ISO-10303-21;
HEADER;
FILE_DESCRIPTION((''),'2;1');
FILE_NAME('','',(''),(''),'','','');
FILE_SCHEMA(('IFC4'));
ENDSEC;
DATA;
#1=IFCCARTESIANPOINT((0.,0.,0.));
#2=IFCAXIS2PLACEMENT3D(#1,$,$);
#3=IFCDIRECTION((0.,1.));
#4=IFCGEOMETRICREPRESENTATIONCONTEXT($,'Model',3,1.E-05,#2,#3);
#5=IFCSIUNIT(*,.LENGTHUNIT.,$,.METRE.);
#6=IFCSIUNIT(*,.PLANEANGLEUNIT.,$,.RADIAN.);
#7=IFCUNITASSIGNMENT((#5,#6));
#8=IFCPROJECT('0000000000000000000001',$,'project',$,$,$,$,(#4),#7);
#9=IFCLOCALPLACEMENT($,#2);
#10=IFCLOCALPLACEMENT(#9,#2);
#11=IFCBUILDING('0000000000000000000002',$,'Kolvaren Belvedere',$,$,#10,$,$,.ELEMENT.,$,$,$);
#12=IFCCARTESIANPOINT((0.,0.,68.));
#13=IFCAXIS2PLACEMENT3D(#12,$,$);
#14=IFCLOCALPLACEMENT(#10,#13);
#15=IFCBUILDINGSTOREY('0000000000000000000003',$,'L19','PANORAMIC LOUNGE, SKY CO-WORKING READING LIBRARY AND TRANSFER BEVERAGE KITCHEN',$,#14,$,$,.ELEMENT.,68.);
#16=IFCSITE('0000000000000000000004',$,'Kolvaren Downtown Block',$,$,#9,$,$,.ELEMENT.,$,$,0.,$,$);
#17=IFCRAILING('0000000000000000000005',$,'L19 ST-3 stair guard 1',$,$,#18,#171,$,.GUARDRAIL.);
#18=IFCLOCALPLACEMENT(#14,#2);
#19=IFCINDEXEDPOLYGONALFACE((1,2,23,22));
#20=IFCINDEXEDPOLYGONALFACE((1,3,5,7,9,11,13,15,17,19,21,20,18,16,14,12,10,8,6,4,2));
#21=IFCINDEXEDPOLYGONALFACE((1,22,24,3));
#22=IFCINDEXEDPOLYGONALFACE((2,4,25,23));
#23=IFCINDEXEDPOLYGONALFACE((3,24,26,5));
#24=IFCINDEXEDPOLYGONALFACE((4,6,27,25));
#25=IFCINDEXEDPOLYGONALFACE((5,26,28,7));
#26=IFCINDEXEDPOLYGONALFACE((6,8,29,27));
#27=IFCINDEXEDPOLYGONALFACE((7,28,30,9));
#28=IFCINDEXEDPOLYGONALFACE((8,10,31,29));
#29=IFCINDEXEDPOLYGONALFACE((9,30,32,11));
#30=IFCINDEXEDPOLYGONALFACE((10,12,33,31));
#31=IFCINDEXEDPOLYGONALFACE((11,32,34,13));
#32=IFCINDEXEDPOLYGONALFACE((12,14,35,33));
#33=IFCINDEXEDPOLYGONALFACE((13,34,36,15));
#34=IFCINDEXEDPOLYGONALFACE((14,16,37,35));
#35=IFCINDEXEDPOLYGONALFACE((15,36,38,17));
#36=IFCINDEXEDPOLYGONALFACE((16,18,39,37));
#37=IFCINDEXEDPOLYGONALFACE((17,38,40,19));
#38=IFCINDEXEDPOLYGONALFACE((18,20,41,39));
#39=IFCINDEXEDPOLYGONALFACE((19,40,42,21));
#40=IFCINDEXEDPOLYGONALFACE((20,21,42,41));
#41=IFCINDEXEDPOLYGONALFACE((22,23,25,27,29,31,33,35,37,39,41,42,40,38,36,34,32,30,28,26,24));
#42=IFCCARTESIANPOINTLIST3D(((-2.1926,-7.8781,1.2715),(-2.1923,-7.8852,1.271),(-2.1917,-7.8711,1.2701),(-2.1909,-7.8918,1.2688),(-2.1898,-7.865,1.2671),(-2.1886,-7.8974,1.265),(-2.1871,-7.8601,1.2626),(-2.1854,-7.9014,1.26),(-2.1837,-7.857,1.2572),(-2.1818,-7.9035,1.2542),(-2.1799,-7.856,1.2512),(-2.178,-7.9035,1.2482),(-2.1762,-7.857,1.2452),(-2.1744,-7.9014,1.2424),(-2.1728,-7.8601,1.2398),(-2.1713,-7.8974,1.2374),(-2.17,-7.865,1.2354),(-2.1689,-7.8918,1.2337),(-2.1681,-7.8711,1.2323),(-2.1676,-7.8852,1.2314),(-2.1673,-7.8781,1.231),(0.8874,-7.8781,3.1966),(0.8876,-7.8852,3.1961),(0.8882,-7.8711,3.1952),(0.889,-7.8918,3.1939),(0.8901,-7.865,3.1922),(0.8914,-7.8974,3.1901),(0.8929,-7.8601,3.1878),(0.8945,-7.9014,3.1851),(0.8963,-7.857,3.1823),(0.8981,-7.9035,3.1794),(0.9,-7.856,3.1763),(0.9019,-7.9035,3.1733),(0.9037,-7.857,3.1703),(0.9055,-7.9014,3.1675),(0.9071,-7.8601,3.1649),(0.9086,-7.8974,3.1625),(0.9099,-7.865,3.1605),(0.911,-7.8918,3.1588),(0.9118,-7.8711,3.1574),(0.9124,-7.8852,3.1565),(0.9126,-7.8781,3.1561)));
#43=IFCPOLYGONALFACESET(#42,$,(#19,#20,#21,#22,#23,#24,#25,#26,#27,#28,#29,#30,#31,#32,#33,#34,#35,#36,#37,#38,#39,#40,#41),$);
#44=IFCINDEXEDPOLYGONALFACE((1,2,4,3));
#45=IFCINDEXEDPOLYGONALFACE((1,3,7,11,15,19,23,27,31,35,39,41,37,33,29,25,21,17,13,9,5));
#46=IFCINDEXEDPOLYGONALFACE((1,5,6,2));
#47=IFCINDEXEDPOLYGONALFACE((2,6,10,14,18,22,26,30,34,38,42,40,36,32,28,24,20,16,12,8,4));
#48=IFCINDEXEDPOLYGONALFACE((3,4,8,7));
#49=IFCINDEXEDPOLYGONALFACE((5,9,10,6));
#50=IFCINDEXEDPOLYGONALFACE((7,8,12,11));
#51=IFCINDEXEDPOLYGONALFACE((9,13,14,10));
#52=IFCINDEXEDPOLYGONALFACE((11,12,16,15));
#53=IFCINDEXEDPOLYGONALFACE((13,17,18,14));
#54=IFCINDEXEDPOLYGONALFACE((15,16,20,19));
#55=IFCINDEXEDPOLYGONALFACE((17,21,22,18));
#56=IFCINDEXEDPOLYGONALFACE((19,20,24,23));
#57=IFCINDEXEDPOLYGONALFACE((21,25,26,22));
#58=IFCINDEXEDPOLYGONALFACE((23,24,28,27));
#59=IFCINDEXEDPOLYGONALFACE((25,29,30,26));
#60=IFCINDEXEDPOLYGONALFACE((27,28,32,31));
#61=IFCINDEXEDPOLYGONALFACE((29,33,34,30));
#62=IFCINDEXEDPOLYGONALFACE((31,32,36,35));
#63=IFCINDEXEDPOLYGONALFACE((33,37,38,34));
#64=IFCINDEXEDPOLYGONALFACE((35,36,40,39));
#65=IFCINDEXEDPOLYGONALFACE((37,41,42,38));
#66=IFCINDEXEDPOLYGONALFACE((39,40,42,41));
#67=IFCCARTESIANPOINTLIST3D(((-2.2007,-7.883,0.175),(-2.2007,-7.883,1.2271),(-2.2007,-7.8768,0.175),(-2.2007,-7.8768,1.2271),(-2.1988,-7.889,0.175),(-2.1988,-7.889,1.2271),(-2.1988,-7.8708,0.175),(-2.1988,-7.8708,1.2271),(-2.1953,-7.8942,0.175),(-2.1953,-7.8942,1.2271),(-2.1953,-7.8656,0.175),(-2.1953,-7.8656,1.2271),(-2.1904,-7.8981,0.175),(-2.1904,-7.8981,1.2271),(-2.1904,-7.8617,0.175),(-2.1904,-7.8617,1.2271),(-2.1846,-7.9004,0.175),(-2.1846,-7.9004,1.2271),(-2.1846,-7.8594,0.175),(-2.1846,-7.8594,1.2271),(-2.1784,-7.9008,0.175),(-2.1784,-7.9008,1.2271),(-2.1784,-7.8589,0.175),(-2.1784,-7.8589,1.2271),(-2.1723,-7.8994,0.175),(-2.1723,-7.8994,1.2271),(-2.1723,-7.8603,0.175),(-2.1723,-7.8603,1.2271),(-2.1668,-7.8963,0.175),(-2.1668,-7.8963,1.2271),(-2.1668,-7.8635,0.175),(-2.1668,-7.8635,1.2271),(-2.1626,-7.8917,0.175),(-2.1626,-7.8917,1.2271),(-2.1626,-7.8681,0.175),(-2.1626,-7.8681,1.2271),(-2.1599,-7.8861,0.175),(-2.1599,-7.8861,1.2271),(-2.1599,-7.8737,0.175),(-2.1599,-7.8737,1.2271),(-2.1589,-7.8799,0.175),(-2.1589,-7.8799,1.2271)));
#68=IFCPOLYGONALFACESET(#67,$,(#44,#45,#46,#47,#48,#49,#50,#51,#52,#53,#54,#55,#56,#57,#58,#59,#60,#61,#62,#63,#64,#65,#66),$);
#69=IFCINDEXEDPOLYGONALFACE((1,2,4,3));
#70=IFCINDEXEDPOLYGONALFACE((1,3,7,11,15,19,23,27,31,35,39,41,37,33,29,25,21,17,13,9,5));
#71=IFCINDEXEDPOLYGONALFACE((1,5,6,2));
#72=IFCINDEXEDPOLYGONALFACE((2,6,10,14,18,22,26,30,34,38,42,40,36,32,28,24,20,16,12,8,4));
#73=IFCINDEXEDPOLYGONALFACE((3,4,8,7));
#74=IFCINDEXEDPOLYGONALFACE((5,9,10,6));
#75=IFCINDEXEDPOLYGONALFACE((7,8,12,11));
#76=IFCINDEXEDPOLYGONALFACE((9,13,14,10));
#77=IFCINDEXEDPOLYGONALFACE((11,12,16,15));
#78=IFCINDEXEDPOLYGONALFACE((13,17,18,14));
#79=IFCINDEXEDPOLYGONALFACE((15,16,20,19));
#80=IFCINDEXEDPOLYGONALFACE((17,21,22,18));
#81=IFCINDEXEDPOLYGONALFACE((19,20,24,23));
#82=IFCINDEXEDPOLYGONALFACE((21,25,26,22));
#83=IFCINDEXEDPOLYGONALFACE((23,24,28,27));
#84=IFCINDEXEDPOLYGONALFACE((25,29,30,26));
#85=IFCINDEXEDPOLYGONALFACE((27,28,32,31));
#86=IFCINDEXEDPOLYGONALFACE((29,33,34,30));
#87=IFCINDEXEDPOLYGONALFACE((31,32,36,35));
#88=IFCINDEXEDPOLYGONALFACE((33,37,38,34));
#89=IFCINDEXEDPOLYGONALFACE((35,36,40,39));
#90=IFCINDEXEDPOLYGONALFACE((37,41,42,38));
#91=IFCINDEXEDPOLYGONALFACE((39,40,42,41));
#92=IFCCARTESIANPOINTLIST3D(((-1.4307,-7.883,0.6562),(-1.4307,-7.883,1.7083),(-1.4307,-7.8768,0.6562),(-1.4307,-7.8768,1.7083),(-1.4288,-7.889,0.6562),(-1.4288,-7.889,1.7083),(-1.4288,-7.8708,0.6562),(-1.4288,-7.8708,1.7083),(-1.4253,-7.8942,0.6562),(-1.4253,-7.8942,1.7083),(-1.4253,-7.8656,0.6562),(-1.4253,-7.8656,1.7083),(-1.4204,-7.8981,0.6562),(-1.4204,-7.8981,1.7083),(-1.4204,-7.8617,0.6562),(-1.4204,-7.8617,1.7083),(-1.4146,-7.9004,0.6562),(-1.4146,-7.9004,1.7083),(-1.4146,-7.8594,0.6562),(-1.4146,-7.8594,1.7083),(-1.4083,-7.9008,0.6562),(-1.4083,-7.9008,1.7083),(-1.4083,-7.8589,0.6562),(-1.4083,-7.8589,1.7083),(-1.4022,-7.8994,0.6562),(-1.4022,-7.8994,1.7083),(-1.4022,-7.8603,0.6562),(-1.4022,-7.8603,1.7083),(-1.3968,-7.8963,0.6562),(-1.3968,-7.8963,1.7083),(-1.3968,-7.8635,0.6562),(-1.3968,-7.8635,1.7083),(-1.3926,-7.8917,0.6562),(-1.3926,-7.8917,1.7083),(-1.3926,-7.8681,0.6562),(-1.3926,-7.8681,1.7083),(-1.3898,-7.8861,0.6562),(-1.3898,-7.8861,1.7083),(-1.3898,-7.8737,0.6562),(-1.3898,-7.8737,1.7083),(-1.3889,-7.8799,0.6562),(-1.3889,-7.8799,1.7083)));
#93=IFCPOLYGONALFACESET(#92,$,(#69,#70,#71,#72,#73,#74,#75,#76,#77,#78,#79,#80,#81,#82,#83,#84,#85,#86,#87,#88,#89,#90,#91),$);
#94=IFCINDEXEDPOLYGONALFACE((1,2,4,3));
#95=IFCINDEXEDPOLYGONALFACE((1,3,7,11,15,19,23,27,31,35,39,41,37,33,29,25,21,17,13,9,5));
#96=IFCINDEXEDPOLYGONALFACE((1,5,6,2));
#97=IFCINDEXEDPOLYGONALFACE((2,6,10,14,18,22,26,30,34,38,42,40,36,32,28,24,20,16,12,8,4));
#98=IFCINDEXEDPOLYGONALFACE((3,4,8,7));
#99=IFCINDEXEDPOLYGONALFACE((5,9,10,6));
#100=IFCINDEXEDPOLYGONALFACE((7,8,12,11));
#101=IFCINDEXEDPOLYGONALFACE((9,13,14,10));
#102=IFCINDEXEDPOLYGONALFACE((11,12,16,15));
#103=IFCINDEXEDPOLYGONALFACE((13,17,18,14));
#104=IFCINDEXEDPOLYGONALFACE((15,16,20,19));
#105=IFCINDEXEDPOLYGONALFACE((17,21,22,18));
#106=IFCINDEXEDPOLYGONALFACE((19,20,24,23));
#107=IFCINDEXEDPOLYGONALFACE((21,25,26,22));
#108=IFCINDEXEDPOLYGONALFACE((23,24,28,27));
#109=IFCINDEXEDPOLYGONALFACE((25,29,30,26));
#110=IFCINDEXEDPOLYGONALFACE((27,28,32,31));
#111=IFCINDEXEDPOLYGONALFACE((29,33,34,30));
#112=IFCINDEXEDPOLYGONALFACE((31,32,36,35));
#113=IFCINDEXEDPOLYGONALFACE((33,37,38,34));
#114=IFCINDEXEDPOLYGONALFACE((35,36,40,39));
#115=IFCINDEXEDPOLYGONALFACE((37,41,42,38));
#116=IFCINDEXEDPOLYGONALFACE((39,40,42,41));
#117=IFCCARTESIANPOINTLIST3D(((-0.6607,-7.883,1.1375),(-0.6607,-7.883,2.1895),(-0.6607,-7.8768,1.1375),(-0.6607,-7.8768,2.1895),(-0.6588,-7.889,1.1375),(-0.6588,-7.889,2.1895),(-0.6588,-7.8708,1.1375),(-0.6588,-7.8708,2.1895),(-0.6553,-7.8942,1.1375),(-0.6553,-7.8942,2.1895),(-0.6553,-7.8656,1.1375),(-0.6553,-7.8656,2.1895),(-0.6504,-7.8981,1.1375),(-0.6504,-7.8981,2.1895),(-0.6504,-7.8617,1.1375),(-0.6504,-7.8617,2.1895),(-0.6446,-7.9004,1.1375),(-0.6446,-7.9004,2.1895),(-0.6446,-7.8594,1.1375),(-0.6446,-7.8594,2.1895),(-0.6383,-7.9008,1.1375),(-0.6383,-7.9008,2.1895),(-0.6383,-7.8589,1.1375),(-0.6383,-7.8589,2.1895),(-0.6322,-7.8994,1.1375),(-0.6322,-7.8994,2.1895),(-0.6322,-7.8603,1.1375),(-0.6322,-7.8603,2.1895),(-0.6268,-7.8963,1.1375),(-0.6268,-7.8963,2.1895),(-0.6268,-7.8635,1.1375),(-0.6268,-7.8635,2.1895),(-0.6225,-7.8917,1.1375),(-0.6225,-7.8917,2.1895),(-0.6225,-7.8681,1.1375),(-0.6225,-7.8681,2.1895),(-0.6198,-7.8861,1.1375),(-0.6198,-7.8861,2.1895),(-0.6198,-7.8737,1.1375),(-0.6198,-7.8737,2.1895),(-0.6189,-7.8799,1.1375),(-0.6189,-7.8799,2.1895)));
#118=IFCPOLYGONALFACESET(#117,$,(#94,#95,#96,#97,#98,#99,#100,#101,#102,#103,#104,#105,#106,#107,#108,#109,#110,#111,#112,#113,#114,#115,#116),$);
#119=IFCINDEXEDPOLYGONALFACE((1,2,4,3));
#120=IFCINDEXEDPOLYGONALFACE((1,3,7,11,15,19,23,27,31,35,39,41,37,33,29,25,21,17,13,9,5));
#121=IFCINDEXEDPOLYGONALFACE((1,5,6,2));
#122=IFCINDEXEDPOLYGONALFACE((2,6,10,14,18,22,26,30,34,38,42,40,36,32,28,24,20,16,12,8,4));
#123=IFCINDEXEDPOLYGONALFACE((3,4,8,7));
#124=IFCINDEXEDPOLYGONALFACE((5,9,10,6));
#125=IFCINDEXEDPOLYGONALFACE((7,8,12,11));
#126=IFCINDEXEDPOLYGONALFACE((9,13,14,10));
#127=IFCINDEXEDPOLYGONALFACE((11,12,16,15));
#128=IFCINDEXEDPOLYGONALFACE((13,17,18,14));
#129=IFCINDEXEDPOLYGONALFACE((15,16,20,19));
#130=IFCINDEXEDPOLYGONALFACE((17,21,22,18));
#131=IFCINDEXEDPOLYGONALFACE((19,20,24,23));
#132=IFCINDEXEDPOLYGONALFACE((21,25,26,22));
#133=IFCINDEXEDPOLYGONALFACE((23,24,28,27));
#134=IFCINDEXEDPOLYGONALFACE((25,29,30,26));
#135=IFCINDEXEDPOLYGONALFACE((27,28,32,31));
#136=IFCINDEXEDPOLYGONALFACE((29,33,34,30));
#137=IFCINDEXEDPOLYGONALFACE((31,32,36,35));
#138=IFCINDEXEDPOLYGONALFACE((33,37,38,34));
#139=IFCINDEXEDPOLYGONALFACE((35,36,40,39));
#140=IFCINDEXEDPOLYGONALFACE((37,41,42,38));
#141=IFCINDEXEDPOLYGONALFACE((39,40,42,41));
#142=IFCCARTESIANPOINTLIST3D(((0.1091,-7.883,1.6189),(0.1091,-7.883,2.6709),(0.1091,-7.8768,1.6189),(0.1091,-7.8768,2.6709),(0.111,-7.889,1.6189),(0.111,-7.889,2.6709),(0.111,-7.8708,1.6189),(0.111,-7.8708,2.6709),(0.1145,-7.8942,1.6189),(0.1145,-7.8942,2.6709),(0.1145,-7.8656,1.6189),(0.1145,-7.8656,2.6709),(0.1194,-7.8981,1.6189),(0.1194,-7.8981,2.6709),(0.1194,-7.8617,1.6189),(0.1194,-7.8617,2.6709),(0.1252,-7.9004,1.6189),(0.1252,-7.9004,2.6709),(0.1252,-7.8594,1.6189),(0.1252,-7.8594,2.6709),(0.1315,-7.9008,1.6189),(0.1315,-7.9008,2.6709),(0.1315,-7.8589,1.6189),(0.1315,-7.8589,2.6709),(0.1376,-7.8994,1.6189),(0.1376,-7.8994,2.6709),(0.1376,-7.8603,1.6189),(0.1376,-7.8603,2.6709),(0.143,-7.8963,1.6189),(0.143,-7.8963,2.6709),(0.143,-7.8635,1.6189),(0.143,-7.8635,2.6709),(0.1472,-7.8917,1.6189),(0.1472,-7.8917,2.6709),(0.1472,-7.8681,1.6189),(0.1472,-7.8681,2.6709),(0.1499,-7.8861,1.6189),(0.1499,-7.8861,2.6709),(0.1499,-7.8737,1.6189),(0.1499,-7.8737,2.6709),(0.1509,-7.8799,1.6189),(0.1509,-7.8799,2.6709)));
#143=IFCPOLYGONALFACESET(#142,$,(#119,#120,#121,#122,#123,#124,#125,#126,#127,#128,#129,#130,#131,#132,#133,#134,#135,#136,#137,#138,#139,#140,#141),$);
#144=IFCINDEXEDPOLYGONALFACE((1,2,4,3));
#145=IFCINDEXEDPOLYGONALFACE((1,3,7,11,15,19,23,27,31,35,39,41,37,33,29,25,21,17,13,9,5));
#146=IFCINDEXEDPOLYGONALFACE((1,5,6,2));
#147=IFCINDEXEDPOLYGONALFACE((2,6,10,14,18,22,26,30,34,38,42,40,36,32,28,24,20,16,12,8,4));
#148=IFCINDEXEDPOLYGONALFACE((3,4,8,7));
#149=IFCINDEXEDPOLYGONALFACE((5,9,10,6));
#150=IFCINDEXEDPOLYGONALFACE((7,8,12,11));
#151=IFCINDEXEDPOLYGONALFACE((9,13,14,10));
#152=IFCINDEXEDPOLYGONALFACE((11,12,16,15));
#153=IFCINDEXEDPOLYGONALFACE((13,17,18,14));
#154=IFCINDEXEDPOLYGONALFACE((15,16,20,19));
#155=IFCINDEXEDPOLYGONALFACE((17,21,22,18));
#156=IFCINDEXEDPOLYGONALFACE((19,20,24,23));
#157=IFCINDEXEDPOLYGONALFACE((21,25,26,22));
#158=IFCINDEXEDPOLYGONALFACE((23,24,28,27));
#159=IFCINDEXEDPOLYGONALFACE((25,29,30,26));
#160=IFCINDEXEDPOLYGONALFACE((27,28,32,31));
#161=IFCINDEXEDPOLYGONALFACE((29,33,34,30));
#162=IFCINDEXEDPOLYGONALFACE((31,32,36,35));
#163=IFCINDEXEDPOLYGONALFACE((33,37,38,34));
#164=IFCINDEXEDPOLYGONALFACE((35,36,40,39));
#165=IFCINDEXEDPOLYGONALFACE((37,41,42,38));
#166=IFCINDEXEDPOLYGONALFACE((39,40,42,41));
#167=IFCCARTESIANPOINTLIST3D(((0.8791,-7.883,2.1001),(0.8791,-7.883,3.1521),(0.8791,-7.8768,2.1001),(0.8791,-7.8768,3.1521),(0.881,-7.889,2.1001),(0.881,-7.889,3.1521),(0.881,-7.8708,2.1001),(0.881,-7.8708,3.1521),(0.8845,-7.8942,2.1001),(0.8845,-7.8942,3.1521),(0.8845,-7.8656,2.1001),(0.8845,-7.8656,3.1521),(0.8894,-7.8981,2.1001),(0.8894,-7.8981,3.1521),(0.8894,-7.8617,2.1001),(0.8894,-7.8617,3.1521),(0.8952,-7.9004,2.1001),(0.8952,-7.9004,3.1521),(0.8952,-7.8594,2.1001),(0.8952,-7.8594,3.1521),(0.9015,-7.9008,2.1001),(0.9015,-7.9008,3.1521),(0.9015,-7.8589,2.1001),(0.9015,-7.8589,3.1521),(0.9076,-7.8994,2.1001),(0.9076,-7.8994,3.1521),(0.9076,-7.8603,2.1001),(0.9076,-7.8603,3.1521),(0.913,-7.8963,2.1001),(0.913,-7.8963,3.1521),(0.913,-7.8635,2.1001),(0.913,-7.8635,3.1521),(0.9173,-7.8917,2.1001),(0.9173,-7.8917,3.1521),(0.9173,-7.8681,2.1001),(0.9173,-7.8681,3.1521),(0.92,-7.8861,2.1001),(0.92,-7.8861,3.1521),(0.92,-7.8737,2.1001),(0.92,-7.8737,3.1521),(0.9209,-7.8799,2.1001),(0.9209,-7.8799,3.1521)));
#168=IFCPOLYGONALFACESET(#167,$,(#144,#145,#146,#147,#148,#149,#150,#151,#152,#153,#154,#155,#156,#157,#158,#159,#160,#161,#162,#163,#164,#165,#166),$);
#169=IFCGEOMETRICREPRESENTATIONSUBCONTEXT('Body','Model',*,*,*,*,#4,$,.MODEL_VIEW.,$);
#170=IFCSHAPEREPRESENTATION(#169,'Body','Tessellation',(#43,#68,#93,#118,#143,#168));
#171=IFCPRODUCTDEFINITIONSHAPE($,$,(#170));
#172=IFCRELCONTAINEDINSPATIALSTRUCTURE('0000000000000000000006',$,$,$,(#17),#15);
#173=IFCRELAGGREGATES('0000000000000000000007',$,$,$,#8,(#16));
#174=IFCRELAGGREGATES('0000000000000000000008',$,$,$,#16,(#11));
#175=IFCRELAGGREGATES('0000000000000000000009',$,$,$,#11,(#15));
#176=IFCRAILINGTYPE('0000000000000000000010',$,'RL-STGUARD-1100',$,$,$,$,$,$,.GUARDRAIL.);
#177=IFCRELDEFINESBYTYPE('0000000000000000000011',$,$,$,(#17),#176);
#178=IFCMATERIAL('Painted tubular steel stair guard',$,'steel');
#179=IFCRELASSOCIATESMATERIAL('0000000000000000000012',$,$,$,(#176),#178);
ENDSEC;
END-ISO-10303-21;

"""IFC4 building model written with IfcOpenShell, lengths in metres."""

from ifc_helpers import new_model, si_unit, direction, frame, origin, origin_2d, place, context, subcontext, project, spatial, circle, extrude, material, type_object, element, save


model = new_model("IFC4")

# Units and contexts
model_context = context("Model", 3, precision=1e-05, world=origin(), true_north=direction((0.0, 1.0)))
body_context = subcontext(model_context, "Body", "Model", "MODEL_VIEW")
ifc_project = project(units=[si_unit("LENGTHUNIT", "METRE"), si_unit("PLANEANGLEUNIT", "RADIAN")], contexts=[model_context])

# Site, building, storey
site_placement = place(None, origin())
site = spatial("IfcSite", under=ifc_project, at=site_placement, Name="Kolvaren Downtown Block", CompositionType="ELEMENT", RefElevation=0.0)
building_placement = place(site_placement, origin())
building = spatial("IfcBuilding", under=site, at=building_placement, Name="Kolvaren Belvedere", CompositionType="ELEMENT")
storey_placement = place(building_placement, frame((0.0, 0.0, 68.0)))
storey = spatial("IfcBuildingStorey", under=building, at=storey_placement, Name="L19", Description="PANORAMIC LOUNGE, SKY CO-WORKING READING LIBRARY AND TRANSFER BEVERAGE KITCHEN", CompositionType="ELEMENT", Elevation=68.0)

# Railing
ifc_material_1 = material(Name="Painted tubular steel stair guard", Category="steel")
railing_type_1 = type_object("IfcRailingType", Name="RL-STGUARD-1100", PredefinedType="GUARDRAIL", material=ifc_material_1)
railing_1_placement = place(storey_placement, frame((-2.1799, -7.8799, 0.175)))
element("IfcRailing", 1, at=railing_1_placement, inside=storey, type_object=railing_type_1, Name="L19 ST-3 stair guard 1", PredefinedType="GUARDRAIL", context=body_context, shape_type="SweptSolid", body=[
    extrude(circle(Radius=0.0239, at=origin_2d()), frame((0.0, 0.0, 1.0762), z_axis=(0.847979, 0.0, 0.530029), x_axis=(0.0, 1.0, 0.0)), (0.0, 0.0, 1.0), 3.6321),
    extrude(circle(Radius=0.021, at=origin_2d()), origin(), (0.0, 0.0, 1.0), 1.052),
    extrude(circle(Radius=0.021, at=origin_2d()), frame((0.77, 0.0, 0.4812)), (0.0, 0.0, 1.0), 1.052),
    extrude(circle(Radius=0.021, at=origin_2d()), frame((1.54, 0.0, 0.9624)), (0.0, 0.0, 1.0), 1.052),
    extrude(circle(Radius=0.021, at=origin_2d()), frame((2.3098, 0.0, 1.4438)), (0.0, 0.0, 1.0), 1.052),
    extrude(circle(Radius=0.021, at=origin_2d()), frame((3.0798, 0.0, 1.925)), (0.0, 0.0, 1.0), 1.052),
])

save(model, "model.ifc")
